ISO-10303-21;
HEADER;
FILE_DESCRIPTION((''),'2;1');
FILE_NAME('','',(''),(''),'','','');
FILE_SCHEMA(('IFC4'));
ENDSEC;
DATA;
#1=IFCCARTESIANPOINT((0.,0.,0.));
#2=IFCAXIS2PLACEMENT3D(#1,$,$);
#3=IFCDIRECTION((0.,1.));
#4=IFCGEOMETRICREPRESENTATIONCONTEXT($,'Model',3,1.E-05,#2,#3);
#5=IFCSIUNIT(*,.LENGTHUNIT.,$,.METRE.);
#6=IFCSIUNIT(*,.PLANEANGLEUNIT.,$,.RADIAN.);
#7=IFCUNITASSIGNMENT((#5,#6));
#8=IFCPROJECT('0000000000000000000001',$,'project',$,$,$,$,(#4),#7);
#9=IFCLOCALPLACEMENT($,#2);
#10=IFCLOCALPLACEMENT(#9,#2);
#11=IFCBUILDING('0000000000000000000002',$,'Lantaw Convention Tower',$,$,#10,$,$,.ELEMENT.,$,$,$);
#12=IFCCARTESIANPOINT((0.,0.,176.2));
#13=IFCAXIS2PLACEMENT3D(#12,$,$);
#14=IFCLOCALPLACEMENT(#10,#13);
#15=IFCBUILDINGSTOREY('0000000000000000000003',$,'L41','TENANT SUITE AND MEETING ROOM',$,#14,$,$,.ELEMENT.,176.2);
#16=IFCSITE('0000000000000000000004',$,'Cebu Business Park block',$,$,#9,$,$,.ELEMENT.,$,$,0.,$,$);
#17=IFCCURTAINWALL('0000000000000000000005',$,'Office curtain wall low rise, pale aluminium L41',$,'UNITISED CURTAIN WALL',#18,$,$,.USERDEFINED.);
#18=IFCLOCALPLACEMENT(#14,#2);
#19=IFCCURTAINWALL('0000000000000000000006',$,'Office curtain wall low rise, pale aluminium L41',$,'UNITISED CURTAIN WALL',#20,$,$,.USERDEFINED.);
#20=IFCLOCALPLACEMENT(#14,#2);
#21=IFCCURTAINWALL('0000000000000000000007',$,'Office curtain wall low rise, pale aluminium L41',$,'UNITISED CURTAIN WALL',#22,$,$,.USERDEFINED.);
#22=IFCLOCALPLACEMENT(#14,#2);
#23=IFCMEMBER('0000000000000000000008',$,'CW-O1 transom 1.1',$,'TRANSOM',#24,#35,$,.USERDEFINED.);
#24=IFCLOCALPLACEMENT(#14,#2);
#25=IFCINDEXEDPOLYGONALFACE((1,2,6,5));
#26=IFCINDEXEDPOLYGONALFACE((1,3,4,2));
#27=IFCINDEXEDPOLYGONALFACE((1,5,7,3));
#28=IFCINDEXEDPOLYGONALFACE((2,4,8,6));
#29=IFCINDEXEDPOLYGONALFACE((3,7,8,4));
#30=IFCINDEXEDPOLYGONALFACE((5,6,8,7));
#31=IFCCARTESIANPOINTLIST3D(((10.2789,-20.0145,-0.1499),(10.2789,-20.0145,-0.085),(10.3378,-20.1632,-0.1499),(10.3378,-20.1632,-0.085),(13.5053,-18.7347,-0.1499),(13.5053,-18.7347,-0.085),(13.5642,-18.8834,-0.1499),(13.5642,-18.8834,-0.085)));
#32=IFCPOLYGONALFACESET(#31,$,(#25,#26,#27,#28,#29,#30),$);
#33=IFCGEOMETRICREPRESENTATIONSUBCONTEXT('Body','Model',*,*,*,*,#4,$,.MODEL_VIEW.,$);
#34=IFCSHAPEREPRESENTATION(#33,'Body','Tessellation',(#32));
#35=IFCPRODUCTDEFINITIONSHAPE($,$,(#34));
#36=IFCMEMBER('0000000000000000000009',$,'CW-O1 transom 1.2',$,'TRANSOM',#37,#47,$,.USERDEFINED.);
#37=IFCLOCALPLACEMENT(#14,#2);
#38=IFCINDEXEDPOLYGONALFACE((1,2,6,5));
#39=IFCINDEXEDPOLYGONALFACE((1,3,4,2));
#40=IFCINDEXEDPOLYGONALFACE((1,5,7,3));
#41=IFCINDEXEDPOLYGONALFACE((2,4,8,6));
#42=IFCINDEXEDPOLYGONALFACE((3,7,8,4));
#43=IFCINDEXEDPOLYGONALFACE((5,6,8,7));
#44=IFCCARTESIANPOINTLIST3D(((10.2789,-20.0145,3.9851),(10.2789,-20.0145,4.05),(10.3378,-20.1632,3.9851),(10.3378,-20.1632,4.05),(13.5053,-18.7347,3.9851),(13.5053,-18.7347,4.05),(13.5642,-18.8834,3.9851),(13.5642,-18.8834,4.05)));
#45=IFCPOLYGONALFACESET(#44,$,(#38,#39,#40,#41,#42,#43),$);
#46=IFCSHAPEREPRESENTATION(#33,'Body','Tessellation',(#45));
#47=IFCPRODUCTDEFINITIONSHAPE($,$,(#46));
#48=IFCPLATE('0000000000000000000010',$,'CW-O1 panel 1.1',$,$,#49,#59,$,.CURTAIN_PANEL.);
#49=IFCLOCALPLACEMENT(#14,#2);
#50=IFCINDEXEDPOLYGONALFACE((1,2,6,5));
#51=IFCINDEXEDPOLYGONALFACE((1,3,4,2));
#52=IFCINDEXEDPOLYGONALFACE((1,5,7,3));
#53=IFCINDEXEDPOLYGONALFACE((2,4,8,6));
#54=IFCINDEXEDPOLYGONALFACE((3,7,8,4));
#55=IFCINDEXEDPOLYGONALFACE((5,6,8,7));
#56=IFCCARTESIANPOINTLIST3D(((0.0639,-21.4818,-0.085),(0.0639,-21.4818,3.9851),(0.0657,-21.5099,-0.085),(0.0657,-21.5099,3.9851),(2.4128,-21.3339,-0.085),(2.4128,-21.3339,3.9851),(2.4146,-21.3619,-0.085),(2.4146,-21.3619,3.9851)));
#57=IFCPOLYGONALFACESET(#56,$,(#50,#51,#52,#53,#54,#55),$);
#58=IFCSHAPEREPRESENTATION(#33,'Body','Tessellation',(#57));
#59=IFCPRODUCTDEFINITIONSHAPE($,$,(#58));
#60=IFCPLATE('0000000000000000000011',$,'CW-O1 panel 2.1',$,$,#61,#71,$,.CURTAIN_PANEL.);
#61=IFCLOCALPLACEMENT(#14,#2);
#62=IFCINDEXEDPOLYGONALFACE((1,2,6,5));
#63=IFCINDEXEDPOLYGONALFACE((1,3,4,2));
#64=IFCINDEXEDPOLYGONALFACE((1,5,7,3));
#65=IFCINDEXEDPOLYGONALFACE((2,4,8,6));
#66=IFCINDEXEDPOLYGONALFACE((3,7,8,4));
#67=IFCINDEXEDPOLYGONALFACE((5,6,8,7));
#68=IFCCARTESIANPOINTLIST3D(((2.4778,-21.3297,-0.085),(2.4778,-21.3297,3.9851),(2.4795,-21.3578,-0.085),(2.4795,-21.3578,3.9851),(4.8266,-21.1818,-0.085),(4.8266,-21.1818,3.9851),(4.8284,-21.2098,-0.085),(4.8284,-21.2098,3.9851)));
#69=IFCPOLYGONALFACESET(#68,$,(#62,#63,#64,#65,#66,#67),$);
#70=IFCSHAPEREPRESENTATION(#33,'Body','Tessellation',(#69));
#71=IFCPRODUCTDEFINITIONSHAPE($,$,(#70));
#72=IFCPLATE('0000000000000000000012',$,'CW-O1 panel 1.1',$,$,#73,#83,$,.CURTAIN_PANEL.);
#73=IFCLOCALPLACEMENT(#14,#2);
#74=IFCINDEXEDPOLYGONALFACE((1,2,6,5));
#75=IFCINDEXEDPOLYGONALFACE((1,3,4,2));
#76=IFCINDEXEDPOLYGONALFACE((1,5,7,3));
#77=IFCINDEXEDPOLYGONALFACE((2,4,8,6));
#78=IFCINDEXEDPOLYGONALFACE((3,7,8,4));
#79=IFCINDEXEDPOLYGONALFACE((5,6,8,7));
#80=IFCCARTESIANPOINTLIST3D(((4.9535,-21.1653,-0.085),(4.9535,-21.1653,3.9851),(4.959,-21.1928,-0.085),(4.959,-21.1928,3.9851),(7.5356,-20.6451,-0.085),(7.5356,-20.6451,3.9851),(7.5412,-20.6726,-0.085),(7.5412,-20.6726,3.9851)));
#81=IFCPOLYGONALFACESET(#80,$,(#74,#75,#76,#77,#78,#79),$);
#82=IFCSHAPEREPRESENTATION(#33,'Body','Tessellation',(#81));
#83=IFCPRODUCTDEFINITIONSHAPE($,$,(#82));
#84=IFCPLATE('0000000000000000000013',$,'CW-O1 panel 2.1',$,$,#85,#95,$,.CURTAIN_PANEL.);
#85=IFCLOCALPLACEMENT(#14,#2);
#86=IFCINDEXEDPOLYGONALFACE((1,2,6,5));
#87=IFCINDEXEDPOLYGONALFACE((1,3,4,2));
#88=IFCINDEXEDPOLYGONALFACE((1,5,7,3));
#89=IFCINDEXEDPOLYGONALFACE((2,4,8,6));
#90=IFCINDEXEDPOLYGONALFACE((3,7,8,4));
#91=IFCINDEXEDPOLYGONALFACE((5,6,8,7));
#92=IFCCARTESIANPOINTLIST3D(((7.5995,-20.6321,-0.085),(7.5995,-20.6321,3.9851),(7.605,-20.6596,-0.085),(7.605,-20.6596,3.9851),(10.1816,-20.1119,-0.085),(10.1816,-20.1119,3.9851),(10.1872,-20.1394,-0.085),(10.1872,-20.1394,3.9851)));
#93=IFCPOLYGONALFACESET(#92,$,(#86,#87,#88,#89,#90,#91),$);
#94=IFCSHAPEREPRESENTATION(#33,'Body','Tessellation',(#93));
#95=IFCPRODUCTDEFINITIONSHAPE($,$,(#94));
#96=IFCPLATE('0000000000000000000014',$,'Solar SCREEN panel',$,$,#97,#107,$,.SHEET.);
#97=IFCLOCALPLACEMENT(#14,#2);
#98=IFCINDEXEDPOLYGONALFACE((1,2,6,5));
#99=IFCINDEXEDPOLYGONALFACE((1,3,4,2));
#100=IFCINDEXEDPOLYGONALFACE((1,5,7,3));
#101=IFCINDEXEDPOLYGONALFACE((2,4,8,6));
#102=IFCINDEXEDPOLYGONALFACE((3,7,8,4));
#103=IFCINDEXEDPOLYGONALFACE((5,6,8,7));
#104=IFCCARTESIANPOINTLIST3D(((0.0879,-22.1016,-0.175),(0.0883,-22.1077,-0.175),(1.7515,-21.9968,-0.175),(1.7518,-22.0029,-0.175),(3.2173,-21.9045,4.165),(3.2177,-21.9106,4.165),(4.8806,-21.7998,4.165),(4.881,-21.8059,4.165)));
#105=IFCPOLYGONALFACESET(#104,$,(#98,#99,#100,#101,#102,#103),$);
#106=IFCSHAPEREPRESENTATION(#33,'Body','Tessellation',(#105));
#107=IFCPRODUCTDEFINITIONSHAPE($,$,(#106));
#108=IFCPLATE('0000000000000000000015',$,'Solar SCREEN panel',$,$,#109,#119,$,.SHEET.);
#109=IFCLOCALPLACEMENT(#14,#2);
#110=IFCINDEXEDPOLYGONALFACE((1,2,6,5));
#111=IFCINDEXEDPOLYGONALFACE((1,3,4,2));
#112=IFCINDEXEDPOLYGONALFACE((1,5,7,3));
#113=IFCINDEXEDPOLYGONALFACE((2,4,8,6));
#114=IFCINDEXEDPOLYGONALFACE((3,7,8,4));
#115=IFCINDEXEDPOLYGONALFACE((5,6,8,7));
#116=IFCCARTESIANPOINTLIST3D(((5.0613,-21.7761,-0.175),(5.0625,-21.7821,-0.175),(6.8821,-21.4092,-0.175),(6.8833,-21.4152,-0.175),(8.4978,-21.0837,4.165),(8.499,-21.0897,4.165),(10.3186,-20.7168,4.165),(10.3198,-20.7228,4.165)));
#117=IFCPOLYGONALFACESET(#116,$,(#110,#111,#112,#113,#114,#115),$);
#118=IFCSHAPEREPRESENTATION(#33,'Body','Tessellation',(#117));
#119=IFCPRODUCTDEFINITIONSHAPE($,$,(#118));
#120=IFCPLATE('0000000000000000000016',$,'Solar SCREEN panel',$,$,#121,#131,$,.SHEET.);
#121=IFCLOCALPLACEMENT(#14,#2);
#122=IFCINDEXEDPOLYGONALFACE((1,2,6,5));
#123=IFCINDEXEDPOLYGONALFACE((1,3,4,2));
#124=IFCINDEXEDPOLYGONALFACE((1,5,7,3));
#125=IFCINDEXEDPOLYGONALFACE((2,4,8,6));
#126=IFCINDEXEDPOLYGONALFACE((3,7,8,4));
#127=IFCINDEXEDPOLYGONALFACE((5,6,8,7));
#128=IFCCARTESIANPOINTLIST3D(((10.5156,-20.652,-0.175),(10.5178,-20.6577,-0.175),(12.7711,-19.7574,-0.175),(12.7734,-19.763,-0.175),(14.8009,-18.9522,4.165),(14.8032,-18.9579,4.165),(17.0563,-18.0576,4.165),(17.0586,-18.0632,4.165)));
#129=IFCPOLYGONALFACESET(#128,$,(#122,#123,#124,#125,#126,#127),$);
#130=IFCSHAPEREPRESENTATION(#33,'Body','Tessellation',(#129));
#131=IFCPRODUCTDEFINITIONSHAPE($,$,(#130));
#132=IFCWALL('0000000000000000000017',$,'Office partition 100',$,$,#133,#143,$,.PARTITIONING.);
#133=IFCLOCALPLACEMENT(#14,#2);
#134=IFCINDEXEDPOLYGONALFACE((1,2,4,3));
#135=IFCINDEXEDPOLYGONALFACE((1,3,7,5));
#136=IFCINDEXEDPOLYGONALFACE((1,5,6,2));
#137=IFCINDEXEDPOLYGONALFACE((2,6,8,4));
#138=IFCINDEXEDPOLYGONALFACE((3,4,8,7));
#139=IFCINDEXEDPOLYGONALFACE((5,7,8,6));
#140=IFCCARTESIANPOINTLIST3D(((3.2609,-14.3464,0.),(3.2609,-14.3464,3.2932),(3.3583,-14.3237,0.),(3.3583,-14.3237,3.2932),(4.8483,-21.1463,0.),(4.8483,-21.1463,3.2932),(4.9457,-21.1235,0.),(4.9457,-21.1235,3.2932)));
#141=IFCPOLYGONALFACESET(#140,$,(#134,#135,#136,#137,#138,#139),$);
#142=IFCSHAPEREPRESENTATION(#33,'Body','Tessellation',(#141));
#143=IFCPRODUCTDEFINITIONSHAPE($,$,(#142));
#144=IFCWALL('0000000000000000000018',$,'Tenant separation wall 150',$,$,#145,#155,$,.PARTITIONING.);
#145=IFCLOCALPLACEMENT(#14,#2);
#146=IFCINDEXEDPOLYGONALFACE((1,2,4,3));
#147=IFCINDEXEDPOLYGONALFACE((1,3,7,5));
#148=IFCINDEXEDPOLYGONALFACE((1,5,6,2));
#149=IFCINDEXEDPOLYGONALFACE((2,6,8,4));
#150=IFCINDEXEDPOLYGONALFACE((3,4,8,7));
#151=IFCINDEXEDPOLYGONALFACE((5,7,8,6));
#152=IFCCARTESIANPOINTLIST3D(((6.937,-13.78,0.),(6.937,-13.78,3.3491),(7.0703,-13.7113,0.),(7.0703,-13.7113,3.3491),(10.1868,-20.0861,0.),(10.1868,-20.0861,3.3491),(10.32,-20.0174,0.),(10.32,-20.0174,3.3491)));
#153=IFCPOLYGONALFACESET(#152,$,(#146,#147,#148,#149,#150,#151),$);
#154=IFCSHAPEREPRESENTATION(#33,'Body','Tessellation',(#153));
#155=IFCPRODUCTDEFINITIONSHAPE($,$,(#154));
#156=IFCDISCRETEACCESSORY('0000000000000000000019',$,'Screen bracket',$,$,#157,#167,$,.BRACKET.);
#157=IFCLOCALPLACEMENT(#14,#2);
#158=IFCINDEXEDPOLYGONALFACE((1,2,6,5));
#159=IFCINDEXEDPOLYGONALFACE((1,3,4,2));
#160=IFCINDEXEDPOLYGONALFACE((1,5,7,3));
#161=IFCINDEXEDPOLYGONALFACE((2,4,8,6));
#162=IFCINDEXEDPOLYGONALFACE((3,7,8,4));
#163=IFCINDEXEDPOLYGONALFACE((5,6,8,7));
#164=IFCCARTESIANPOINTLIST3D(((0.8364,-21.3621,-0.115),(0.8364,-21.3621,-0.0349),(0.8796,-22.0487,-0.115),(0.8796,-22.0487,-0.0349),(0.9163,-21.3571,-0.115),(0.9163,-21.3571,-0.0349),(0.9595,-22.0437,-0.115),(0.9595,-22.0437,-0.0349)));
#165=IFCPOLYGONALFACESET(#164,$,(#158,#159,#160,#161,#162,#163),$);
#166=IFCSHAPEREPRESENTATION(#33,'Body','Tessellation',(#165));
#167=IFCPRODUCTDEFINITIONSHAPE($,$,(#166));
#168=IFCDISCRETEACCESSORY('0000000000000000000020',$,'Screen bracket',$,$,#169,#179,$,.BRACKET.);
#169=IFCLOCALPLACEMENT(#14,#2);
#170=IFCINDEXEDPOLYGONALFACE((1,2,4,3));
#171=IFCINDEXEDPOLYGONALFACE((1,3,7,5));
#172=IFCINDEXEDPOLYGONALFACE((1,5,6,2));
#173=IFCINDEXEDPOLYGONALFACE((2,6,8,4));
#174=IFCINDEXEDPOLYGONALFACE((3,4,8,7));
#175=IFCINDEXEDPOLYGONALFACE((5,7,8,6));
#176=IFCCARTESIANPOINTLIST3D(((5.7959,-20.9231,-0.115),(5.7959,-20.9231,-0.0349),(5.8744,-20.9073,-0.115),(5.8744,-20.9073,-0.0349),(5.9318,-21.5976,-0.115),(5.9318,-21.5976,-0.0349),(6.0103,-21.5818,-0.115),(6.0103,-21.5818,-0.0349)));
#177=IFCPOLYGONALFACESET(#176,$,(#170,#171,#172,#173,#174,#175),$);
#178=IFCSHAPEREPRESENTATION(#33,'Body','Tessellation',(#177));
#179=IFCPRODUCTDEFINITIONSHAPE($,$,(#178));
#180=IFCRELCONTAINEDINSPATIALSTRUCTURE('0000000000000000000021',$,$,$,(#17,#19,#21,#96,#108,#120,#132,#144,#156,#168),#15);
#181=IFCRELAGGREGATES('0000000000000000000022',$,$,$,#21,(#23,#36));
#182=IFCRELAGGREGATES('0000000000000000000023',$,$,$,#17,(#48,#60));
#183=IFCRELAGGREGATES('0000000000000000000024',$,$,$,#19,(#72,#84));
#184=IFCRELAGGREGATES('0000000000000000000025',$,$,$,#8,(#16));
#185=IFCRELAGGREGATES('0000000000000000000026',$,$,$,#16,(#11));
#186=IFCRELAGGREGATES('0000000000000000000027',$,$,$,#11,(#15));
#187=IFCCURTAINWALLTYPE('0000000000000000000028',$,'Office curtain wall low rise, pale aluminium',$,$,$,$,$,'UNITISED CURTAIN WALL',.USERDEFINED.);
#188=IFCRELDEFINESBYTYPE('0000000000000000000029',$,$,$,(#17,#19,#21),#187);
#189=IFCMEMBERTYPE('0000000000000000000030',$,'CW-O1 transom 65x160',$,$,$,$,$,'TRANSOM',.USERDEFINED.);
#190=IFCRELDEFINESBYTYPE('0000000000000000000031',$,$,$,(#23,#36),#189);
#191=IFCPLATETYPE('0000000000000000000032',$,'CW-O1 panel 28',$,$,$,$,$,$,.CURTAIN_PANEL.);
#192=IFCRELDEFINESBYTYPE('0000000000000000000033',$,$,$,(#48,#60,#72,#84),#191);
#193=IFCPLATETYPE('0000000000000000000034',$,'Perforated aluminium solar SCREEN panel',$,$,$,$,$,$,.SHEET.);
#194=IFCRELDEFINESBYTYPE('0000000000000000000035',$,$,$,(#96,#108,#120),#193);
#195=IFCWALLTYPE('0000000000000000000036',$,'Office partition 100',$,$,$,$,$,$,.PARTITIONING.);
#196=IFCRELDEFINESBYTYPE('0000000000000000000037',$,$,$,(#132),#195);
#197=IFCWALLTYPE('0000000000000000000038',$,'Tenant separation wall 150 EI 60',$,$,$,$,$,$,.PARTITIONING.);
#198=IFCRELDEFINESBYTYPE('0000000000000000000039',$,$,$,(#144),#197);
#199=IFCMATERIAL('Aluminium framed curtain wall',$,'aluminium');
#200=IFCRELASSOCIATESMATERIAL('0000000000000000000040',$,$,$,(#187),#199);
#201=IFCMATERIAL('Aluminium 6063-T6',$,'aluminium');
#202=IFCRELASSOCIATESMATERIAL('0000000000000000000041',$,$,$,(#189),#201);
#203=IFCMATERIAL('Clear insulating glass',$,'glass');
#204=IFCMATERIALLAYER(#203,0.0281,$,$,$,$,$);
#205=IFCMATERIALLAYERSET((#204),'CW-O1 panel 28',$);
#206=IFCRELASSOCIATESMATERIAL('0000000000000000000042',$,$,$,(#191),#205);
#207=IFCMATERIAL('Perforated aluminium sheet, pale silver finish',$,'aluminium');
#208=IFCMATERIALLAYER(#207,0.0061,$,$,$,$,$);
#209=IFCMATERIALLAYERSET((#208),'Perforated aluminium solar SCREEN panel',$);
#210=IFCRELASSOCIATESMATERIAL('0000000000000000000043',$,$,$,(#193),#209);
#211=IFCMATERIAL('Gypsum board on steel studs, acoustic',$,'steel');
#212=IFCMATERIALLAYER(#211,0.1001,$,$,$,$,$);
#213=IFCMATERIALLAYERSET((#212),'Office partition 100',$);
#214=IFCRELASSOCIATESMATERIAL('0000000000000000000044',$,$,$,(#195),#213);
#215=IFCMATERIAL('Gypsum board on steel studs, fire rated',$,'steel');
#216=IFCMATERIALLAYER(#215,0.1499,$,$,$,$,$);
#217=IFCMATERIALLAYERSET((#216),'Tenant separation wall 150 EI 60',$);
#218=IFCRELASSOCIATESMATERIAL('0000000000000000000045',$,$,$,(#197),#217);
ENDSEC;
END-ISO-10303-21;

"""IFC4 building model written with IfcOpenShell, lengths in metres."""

from ifc_helpers import new_model, si_unit, direction, frame, frame_2d, origin, origin_2d, place, context, subcontext, project, spatial, polyline, rectangle, outline, extrude, material, layer, layer_set, material_profile, profile_set, type_object, element, aggregate, save


model = new_model("IFC4")

# Units and contexts
model_context = context("Model", 3, precision=1e-05, world=origin(), true_north=direction((0.0, 1.0)))
body_context = subcontext(model_context, "Body", "Model", "MODEL_VIEW")
ifc_project = project(units=[si_unit("LENGTHUNIT", "METRE"), si_unit("PLANEANGLEUNIT", "RADIAN")], contexts=[model_context])

# Site, building, storey
site_placement = place(None, origin())
site = spatial("IfcSite", under=ifc_project, at=site_placement, Name="Cebu Business Park block", CompositionType="ELEMENT", RefElevation=0.0)
building_placement = place(site_placement, origin())
building = spatial("IfcBuilding", under=site, at=building_placement, Name="Lantaw Convention Tower", CompositionType="ELEMENT")
storey_placement = place(building_placement, frame((0.0, 0.0, 176.2)))
storey = spatial("IfcBuildingStorey", under=building, at=storey_placement, Name="L41", Description="TENANT SUITE AND MEETING ROOM", CompositionType="ELEMENT", Elevation=176.2)

# Curtain walls
ifc_material_1 = material(Name="Aluminium framed curtain wall", Category="aluminium")
curtain_wall_type = type_object("IfcCurtainWallType", Name="Office curtain wall low rise, pale aluminium", ElementType="UNITISED CURTAIN WALL", PredefinedType="USERDEFINED", material=ifc_material_1)
curtain_wall_1_placement = place(storey_placement, origin())
curtain_wall_1 = element("IfcCurtainWall", 1, at=curtain_wall_1_placement, inside=storey, type_object=curtain_wall_type, Name="Office curtain wall low rise, pale aluminium L41", ObjectType="UNITISED CURTAIN WALL", PredefinedType="USERDEFINED")
ifc_material_2 = material(Name="Aluminium 6063-T6", Category="aluminium")
curtain_wall_2_placement = place(storey_placement, origin())
curtain_wall_2 = element("IfcCurtainWall", 2, at=curtain_wall_2_placement, inside=storey, type_object=curtain_wall_type, Name="Office curtain wall low rise, pale aluminium L41", ObjectType="UNITISED CURTAIN WALL", PredefinedType="USERDEFINED")

# Curtain wall
curtain_wall_3_placement = place(storey_placement, origin())
curtain_wall_3 = element("IfcCurtainWall", 3, at=curtain_wall_3_placement, inside=storey, type_object=curtain_wall_type, Name="Office curtain wall low rise, pale aluminium L41", ObjectType="UNITISED CURTAIN WALL", PredefinedType="USERDEFINED")

# Members
ifc_material_profile_1 = material_profile(ifc_material_2, rectangle(XDim=0.1599, YDim=0.0649, at=origin_2d()), Name="CW-O1 transom 65x160")
ifc_profile_set_1 = profile_set([ifc_material_profile_1], Name="Aluminium 6063-T6")
member_type_1 = type_object("IfcMemberType", Name="CW-O1 transom 65x160", ElementType="TRANSOM", PredefinedType="USERDEFINED", material=ifc_profile_set_1)
member_1_placement = place(storey_placement, frame((10.3083, -20.0889, -0.1174), z_axis=(0.92954, 0.368721, 0.0), x_axis=(-0.368721, 0.92954, 0.0)))
member_1 = element("IfcMember", 4, at=member_1_placement, type_object=member_type_1, Name="CW-O1 transom 1.1", ObjectType="TRANSOM", PredefinedType="USERDEFINED", context=body_context, shape_type="SweptSolid", body=[
    extrude(rectangle(XDim=0.1599, YDim=0.0649, at=origin_2d()), origin(), (0.0, 0.0, 1.0), 3.4709),
])
member_2_placement = place(storey_placement, frame((10.3083, -20.0889, 4.0176), z_axis=(0.92954, 0.368721, 0.0), x_axis=(-0.368721, 0.92954, 0.0)))
member_2 = element("IfcMember", 5, at=member_2_placement, type_object=member_type_1, Name="CW-O1 transom 1.2", ObjectType="TRANSOM", PredefinedType="USERDEFINED", context=body_context, shape_type="SweptSolid", body=[
    extrude(rectangle(XDim=0.1599, YDim=0.0649, at=origin_2d()), origin(), (0.0, 0.0, 1.0), 3.4709),
])
aggregate(curtain_wall_3, [member_1, member_2])

# Plates
ifc_material_3 = material(Name="Clear insulating glass", Category="glass")
ifc_layer_1 = layer(ifc_material_3, 0.0281)
ifc_layer_set_1 = layer_set([ifc_layer_1], Name="CW-O1 panel 28")
plate_type_1 = type_object("IfcPlateType", Name="CW-O1 panel 28", PredefinedType="CURTAIN_PANEL", material=ifc_layer_set_1)
plate_1_placement = place(storey_placement, frame((1.2393, -21.4219, -0.085), z_axis=(0.0, 0.0, 1.0), x_axis=(0.998022, 0.062865, 0.0)))
plate_1 = element("IfcPlate", 6, at=plate_1_placement, type_object=plate_type_1, Name="CW-O1 panel 1.1", PredefinedType="CURTAIN_PANEL", context=body_context, shape_type="SweptSolid", body=[
    extrude(rectangle(XDim=2.3535, YDim=0.0281, at=origin_2d()), origin(), (0.0, 0.0, 1.0), 4.0701),
])
plate_2_placement = place(storey_placement, frame((3.6531, -21.2698, -0.085), z_axis=(0.0, 0.0, 1.0), x_axis=(0.998022, 0.062865, 0.0)))
plate_2 = element("IfcPlate", 7, at=plate_2_placement, type_object=plate_type_1, Name="CW-O1 panel 2.1", PredefinedType="CURTAIN_PANEL", context=body_context, shape_type="SweptSolid", body=[
    extrude(rectangle(XDim=2.3535, YDim=0.0281, at=origin_2d()), origin(), (0.0, 0.0, 1.0), 4.0701),
])
aggregate(curtain_wall_1, [plate_1, plate_2])
plate_3_placement = place(storey_placement, frame((6.2473, -20.9189, -0.085), z_axis=(0.0, 0.0, 1.0), x_axis=(0.980302, 0.197507, 0.0)))
plate_3 = element("IfcPlate", 8, at=plate_3_placement, type_object=plate_type_1, Name="CW-O1 panel 1.1", PredefinedType="CURTAIN_PANEL", context=body_context, shape_type="SweptSolid", body=[
    extrude(rectangle(XDim=2.634, YDim=0.0281, at=origin_2d()), origin(), (0.0, 0.0, 1.0), 4.0701),
])
plate_4_placement = place(storey_placement, frame((8.8933, -20.3857, -0.085), z_axis=(0.0, 0.0, 1.0), x_axis=(0.980302, 0.197507, 0.0)))
plate_4 = element("IfcPlate", 9, at=plate_4_placement, type_object=plate_type_1, Name="CW-O1 panel 2.1", PredefinedType="CURTAIN_PANEL", context=body_context, shape_type="SweptSolid", body=[
    extrude(rectangle(XDim=2.634, YDim=0.0281, at=origin_2d()), origin(), (0.0, 0.0, 1.0), 4.0701),
])
aggregate(curtain_wall_2, [plate_3, plate_4])

# Plates
ifc_material_4 = material(Name="Perforated aluminium sheet, pale silver finish", Category="aluminium")
ifc_layer_2 = layer(ifc_material_4, 0.0061)
ifc_layer_set_2 = layer_set([ifc_layer_2], Name="Perforated aluminium solar SCREEN panel")
plate_type_2 = type_object("IfcPlateType", Name="Perforated aluminium solar SCREEN panel", PredefinedType="SHEET", material=ifc_layer_set_2)
plate_5_placement = place(storey_placement, frame((0.0879, -22.1016, -0.175), z_axis=(-0.062839, 0.998024, 0.000002), x_axis=(0.998024, 0.062839, 0.0)))
element("IfcPlate", 10, at=plate_5_placement, inside=storey, type_object=plate_type_2, Name="Solar SCREEN panel", PredefinedType="SHEET", context=body_context, shape_type="SweptSolid", body=[
    extrude(outline(polyline([(0.0, 0.0), (1.6669, 0.0), (4.8022, -4.3401), (3.1356, -4.3401), (0.0, 0.0)])), origin(), (0.0, 0.0, -1.0), 0.0061),
])
plate_6_placement = place(storey_placement, frame((5.0613, -21.7761, -0.175), z_axis=(-0.197557, 0.980291, 0.000039), x_axis=(0.980291, 0.197557, 0.0)))
element("IfcPlate", 11, at=plate_6_placement, inside=storey, type_object=plate_type_2, Name="Solar SCREEN panel", PredefinedType="SHEET", context=body_context, shape_type="SweptSolid", body=[
    extrude(outline(polyline([(0.0, 0.0), (1.8574, 0.0), (5.363, -4.3401), (3.5056, -4.3401), (0.0, 0.0)])), origin(), (0.0, 0.0, -1.0), 0.0061),
])
plate_7_placement = place(storey_placement, frame((10.5178, -20.6577, -0.175), z_axis=(0.368709, -0.929545, 0.000011), x_axis=(0.929545, 0.368709, 0.0)))
element("IfcPlate", 12, at=plate_7_placement, inside=storey, type_object=plate_type_2, Name="Solar SCREEN panel", PredefinedType="SHEET", context=body_context, shape_type="SweptSolid", body=[
    extrude(outline(polyline([(0.0, 0.0), (2.4265, 0.0), (7.0365, 4.3401), (4.6102, 4.3401), (0.0, 0.0)])), origin(), (0.0, 0.0, -1.0), 0.0061),
])

# Walls
ifc_material_5 = material(Name="Gypsum board on steel studs, acoustic", Category="steel")
ifc_layer_3 = layer(ifc_material_5, 0.1001)
ifc_layer_set_3 = layer_set([ifc_layer_3], Name="Office partition 100")
wall_type_1 = type_object("IfcWallType", Name="Office partition 100", PredefinedType="PARTITIONING", material=ifc_layer_set_3)
wall_1_placement = place(storey_placement, frame((4.897, -21.1348, 0.0), z_axis=(0.0, 0.0, 1.0), x_axis=(-0.227336, 0.973816, 0.0)))
element("IfcWall", 13, at=wall_1_placement, inside=storey, type_object=wall_type_1, Name="Office partition 100", PredefinedType="PARTITIONING", context=body_context, shape_type="SweptSolid", body=[
    extrude(rectangle(XDim=6.9827, YDim=0.1001, at=frame_2d((3.4912, 0.0))), origin(), (0.0, 0.0, 1.0), 3.2932),
])
ifc_material_6 = material(Name="Gypsum board on steel studs, fire rated", Category="steel")
ifc_layer_4 = layer(ifc_material_6, 0.1499)
ifc_layer_set_4 = layer_set([ifc_layer_4], Name="Tenant separation wall 150 EI 60")
wall_type_2 = type_object("IfcWallType", Name="Tenant separation wall 150 EI 60", PredefinedType="PARTITIONING", material=ifc_layer_set_4)
wall_2_placement = place(storey_placement, frame((10.2534, -20.0518, 0.0), z_axis=(0.0, 0.0, 1.0), x_axis=(-0.458083, 0.88891, 0.0)))
element("IfcWall", 14, at=wall_2_placement, inside=storey, type_object=wall_type_2, Name="Tenant separation wall 150", PredefinedType="PARTITIONING", context=body_context, shape_type="SweptSolid", body=[
    extrude(rectangle(XDim=7.0942, YDim=0.1499, at=frame_2d((3.5471, 0.0))), origin(), (0.0, 0.0, 1.0), 3.3491),
])

# Discrete accessories
for number, where, z_axis, x_axis, name in (
    (15, (0.8979, -21.7029, -0.115), (0.0, 0.0, 1.0), (0.998022, 0.062865, 0.0), "Screen bracket"),
    (16, (5.9031, -21.2524, -0.115), (0.0, 0.0, 1.0), (0.980302, 0.197507, 0.0), "Screen bracket"),
):
    element("IfcDiscreteAccessory", number, at=place(storey_placement, frame(where, z_axis=z_axis, x_axis=x_axis)), inside=storey, Name=name, PredefinedType="BRACKET", context=body_context, shape_type="SweptSolid", body=[
        extrude(rectangle(XDim=0.0801, YDim=0.688, at=origin_2d()), origin(), (0.0, 0.0, 1.0), 0.0801),
    ])

save(model, "model.ifc")
